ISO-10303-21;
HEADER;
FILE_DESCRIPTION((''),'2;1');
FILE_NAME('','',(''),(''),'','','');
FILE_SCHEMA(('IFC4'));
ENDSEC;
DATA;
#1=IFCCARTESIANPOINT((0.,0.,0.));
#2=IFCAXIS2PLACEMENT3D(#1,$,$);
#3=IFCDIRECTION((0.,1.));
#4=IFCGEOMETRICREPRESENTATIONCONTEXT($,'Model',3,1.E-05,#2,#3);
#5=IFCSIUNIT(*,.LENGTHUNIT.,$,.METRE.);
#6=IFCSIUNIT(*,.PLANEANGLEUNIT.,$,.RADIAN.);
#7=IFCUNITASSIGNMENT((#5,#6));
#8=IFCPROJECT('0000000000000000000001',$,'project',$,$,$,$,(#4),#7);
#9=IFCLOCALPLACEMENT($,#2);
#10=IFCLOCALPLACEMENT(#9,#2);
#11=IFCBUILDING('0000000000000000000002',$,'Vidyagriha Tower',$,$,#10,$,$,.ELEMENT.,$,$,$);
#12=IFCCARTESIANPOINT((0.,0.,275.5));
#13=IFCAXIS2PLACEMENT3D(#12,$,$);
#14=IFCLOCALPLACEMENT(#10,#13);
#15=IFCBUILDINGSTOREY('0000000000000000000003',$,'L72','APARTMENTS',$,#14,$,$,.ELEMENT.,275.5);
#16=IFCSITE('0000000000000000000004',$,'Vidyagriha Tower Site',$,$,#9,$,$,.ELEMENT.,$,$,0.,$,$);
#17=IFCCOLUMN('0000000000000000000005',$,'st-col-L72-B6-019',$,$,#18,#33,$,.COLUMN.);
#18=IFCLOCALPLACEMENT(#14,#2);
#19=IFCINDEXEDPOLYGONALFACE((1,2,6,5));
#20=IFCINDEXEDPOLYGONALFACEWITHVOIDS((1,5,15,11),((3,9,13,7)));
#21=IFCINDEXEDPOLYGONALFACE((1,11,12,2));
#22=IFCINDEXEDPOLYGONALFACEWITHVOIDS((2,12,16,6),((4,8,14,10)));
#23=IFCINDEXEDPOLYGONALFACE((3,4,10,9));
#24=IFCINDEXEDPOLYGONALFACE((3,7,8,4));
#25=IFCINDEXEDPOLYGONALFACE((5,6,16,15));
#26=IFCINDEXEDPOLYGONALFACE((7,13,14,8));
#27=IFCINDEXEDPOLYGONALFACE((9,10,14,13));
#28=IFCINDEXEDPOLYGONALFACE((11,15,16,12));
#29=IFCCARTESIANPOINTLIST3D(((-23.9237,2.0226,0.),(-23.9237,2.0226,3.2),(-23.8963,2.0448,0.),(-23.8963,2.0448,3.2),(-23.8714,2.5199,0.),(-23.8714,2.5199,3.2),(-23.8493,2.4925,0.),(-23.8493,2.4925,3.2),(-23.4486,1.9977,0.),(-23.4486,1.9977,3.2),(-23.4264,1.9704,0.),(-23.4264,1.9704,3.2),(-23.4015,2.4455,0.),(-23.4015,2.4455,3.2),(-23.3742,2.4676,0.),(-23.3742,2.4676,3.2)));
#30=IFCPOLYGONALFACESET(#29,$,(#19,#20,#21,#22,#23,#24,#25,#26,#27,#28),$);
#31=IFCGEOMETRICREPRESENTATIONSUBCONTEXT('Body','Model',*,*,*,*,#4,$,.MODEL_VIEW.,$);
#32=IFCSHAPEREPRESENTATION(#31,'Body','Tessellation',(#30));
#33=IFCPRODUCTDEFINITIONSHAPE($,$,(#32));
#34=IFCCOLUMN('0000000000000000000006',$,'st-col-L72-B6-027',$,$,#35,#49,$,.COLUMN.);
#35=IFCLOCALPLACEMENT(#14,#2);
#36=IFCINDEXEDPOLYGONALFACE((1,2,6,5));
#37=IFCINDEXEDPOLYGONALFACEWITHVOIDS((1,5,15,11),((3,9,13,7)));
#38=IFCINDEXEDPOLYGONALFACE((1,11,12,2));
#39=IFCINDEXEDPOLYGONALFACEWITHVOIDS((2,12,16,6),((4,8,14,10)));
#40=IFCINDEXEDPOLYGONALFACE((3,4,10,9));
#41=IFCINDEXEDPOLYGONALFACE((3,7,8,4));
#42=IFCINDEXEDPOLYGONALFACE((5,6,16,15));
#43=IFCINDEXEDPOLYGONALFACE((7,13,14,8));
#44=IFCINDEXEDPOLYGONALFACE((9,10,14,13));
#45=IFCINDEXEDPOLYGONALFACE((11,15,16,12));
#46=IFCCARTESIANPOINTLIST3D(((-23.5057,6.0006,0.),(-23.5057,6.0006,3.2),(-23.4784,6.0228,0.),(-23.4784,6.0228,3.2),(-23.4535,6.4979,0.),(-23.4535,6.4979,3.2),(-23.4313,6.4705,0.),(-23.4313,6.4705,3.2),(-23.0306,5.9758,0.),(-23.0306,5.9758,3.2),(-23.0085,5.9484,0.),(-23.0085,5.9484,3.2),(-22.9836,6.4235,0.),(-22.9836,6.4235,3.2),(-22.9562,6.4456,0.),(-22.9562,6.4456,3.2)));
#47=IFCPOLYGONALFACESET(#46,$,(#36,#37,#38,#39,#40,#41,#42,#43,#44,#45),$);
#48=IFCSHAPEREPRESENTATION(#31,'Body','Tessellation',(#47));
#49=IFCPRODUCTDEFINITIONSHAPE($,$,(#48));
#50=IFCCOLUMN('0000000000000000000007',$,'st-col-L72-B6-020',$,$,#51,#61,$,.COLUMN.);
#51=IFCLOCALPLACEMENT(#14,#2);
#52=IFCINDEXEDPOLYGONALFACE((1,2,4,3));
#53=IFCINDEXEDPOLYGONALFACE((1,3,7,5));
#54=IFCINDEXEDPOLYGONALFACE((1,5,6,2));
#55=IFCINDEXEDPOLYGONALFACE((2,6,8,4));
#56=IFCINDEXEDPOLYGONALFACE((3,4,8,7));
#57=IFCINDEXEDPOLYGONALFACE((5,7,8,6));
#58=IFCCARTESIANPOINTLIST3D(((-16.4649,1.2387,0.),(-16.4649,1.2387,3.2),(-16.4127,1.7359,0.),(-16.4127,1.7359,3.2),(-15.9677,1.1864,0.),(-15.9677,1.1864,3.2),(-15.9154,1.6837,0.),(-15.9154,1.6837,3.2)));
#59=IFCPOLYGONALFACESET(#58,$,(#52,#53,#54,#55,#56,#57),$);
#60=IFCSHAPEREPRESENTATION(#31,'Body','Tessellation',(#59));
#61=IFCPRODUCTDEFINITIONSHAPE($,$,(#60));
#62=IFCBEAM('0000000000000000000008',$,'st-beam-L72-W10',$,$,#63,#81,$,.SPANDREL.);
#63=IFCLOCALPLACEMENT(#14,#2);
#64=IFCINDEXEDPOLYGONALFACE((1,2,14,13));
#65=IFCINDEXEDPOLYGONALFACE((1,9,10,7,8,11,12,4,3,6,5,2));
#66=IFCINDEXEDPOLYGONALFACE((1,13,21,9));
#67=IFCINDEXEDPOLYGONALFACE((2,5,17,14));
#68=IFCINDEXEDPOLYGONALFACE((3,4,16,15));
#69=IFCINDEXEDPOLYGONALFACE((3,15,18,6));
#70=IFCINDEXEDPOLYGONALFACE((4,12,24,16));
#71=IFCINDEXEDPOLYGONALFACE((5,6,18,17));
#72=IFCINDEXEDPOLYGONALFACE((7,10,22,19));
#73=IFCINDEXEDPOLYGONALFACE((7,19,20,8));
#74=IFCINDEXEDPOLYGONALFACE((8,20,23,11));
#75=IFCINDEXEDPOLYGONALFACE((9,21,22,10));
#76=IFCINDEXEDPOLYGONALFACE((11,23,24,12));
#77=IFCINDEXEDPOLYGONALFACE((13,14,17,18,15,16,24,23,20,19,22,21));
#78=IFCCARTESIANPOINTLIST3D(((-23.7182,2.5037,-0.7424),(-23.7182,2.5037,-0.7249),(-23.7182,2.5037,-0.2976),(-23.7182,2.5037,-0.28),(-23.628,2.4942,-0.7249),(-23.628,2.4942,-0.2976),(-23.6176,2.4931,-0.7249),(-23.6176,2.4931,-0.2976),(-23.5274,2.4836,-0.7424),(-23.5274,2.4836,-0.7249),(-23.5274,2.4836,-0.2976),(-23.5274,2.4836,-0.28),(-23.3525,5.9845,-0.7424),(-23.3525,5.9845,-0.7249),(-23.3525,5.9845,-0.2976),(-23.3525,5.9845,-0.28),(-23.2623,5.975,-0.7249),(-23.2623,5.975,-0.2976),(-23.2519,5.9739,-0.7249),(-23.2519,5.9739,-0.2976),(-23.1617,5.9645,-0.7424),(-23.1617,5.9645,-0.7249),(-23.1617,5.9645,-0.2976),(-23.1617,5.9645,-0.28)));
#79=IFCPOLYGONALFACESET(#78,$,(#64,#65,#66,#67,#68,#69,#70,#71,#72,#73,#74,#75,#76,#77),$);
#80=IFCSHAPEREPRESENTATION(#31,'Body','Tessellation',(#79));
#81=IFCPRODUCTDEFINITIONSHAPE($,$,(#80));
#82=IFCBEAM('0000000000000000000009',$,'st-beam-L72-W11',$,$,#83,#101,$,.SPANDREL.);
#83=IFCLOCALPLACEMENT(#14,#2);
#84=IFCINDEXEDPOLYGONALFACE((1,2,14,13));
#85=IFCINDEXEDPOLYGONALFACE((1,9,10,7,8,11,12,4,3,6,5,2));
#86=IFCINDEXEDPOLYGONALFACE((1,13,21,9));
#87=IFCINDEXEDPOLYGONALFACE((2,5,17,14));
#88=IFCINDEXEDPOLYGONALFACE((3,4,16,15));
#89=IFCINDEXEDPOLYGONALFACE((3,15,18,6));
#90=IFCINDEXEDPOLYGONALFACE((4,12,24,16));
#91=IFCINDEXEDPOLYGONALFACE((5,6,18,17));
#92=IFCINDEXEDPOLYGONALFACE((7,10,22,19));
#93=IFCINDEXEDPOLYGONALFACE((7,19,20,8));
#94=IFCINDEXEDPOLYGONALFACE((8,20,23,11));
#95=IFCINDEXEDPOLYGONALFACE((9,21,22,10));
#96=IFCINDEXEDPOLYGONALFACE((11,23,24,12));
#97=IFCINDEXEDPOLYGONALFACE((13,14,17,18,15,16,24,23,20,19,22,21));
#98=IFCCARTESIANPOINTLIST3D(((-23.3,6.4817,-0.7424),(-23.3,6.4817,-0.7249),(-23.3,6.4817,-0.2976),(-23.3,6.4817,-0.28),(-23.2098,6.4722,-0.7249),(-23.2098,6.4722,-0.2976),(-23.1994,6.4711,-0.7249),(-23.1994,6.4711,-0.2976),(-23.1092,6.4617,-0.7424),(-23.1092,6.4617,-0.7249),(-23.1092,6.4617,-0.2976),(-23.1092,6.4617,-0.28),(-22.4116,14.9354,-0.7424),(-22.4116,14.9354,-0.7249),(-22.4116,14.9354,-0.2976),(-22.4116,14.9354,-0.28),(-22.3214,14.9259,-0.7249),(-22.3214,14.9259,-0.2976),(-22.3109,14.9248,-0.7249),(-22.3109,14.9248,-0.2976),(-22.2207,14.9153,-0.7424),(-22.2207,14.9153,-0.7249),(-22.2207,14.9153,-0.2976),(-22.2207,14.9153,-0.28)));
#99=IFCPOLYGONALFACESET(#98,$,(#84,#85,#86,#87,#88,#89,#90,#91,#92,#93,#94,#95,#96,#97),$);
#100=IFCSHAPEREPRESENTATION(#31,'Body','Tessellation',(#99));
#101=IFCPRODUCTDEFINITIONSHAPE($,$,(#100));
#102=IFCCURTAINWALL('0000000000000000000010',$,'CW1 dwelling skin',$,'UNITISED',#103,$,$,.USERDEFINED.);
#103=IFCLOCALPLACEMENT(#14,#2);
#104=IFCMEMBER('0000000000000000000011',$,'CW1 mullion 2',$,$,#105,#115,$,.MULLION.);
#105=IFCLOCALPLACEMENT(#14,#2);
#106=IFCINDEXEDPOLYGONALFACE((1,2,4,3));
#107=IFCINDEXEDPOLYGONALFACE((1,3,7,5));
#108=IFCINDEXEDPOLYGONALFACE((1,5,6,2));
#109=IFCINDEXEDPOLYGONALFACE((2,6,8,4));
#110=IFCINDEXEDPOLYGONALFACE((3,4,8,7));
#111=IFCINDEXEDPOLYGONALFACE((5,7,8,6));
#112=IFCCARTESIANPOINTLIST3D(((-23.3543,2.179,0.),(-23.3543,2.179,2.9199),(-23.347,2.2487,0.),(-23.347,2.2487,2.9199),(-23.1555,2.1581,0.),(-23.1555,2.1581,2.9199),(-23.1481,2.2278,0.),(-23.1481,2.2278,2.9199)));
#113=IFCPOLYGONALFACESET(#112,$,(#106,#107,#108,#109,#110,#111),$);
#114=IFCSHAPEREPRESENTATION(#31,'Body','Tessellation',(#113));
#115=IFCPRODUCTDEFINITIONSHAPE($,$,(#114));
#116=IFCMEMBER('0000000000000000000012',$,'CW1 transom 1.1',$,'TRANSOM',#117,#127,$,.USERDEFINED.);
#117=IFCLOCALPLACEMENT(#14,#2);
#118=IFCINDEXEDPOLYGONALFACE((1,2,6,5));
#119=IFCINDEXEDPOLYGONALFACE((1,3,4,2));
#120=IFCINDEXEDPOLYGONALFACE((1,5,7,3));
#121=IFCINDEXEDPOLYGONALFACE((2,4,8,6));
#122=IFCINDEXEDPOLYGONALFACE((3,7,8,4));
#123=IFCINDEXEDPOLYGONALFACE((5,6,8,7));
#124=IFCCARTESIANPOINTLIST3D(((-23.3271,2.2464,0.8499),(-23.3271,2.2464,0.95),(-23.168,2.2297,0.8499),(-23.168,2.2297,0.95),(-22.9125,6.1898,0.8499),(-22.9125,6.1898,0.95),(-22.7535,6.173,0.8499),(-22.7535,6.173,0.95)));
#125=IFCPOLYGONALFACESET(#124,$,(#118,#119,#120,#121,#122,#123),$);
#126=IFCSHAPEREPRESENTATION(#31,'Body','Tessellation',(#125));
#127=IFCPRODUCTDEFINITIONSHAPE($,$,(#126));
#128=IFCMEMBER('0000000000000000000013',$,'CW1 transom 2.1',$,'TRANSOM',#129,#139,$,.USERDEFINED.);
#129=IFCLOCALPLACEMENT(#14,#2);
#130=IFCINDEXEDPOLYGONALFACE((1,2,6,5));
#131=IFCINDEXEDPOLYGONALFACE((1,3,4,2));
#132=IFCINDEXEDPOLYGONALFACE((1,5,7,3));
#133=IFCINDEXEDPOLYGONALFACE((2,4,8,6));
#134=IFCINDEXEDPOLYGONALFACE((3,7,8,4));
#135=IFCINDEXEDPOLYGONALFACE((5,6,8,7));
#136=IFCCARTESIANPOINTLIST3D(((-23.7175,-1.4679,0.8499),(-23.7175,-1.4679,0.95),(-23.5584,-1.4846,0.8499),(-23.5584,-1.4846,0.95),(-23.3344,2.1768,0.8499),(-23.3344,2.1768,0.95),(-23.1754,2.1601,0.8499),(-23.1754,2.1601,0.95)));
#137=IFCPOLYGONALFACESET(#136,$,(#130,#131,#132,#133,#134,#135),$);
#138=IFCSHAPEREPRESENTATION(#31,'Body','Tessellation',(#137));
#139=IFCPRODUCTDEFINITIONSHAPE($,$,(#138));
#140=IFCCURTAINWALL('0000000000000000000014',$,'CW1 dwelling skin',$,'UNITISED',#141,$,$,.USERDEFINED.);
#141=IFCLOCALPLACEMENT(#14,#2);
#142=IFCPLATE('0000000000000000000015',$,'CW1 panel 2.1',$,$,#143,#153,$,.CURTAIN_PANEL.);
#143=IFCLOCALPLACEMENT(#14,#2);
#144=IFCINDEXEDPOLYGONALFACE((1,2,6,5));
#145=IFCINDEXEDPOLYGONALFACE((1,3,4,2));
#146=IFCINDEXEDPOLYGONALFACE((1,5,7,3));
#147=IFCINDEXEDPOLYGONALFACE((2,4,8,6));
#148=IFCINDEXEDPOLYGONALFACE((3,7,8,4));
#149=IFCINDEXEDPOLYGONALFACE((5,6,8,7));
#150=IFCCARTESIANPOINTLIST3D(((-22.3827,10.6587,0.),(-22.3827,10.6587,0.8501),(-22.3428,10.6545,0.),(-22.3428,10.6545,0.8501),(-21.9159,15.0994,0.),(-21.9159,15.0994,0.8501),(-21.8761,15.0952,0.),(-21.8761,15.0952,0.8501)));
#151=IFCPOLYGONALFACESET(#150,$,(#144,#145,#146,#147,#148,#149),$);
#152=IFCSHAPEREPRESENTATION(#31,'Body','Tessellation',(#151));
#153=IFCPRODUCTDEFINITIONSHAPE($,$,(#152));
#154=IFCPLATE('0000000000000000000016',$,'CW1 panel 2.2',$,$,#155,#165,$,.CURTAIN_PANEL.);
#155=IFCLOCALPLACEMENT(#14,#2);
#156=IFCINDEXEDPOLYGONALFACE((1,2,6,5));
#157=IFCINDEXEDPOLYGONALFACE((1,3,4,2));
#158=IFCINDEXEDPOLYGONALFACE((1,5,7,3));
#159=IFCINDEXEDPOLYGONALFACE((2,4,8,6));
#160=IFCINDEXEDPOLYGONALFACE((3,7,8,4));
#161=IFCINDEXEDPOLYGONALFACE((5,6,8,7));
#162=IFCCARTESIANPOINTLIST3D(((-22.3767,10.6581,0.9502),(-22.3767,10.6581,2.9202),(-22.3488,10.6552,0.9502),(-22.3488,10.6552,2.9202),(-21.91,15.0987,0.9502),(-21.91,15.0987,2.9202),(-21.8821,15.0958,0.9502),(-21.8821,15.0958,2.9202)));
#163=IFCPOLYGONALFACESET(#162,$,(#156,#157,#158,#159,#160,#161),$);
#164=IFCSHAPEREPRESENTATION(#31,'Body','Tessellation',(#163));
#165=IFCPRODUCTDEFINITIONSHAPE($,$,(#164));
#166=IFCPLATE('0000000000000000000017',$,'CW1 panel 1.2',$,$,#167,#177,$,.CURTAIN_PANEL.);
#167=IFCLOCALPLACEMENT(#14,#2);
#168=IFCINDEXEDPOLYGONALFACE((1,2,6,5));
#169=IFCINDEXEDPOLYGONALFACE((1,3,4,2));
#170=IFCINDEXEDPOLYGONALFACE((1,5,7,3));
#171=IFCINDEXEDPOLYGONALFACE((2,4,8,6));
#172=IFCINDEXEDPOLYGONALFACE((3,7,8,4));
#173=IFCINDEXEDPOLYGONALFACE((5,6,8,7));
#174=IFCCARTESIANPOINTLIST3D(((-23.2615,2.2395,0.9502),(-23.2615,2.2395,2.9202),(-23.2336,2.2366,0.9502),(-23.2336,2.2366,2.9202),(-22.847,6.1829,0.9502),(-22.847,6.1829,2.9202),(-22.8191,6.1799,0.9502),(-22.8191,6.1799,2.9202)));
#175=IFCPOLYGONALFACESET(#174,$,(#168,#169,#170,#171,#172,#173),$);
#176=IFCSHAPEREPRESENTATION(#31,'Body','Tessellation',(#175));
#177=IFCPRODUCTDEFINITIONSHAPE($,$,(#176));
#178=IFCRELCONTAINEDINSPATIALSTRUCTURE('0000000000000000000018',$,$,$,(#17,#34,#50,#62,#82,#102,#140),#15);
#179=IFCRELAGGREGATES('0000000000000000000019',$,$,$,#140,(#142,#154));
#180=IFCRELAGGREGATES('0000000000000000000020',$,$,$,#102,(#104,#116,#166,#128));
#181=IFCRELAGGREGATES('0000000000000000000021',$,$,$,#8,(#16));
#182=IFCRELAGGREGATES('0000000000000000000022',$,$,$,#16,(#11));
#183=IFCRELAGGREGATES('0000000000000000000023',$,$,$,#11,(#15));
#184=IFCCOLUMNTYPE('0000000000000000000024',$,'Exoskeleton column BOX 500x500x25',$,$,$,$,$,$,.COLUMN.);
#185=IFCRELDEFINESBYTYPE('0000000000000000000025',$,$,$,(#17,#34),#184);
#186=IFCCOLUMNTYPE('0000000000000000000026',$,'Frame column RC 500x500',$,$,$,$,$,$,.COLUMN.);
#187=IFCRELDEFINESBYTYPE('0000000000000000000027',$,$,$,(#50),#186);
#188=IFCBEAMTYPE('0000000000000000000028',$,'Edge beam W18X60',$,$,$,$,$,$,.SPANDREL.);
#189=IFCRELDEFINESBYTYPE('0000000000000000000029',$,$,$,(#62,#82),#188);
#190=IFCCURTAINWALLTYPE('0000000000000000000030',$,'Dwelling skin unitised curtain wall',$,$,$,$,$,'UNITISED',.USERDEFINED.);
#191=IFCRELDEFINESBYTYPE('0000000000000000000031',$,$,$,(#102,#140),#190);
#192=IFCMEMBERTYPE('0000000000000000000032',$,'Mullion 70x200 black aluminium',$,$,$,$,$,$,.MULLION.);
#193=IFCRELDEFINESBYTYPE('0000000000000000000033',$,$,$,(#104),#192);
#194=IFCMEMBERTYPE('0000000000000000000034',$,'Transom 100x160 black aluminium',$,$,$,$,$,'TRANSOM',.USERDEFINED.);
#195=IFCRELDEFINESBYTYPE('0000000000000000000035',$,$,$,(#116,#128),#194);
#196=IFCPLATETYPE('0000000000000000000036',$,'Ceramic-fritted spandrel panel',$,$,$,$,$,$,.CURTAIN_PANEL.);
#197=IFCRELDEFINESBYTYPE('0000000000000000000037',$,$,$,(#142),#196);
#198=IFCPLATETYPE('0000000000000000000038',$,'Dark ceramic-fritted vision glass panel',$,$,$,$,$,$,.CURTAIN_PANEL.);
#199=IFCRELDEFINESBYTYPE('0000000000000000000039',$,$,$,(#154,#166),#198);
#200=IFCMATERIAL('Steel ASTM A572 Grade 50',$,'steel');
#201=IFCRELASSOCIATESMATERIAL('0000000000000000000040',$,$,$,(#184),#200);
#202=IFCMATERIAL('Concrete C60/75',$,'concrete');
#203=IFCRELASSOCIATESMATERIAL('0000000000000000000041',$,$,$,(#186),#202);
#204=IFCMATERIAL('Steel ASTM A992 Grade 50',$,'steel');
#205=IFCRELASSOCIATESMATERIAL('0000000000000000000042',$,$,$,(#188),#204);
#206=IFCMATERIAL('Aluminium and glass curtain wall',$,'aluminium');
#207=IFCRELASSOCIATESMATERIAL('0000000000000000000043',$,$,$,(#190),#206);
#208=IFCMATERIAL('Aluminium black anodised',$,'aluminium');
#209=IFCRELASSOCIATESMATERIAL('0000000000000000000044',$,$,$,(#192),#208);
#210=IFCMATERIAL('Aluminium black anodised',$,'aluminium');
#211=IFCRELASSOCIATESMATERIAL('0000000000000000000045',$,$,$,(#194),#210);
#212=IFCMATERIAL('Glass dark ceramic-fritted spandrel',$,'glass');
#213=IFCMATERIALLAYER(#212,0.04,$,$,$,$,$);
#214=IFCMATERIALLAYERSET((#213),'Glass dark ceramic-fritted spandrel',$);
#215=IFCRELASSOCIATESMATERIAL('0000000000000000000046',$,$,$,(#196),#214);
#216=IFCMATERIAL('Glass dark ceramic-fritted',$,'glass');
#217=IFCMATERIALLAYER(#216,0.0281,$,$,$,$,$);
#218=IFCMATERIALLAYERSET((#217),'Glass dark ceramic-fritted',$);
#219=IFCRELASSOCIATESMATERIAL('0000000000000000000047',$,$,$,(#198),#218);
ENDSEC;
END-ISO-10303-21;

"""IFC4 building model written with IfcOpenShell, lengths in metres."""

from ifc_helpers import new_model, si_unit, direction, frame, origin, origin_2d, place, context, subcontext, project, spatial, rectangle, hollow_rectangle, i_section, extrude, material, layer, layer_set, material_profile, profile_set, type_object, element, aggregate, save


model = new_model("IFC4")

# Units and contexts
model_context = context("Model", 3, precision=1e-05, world=origin(), true_north=direction((0.0, 1.0)))
body_context = subcontext(model_context, "Body", "Model", "MODEL_VIEW")
ifc_project = project(units=[si_unit("LENGTHUNIT", "METRE"), si_unit("PLANEANGLEUNIT", "RADIAN")], contexts=[model_context])

# Site, building, storey
site_placement = place(None, origin())
site = spatial("IfcSite", under=ifc_project, at=site_placement, Name="Vidyagriha Tower Site", CompositionType="ELEMENT", RefElevation=0.0)
building_placement = place(site_placement, origin())
building = spatial("IfcBuilding", under=site, at=building_placement, Name="Vidyagriha Tower", CompositionType="ELEMENT")
storey_placement = place(building_placement, frame((0.0, 0.0, 275.5)))
storey = spatial("IfcBuildingStorey", under=building, at=storey_placement, Name="L72", Description="APARTMENTS", CompositionType="ELEMENT", Elevation=275.5)

# Columns
ifc_material_1 = material(Name="Steel ASTM A572 Grade 50", Category="steel")
ifc_material_profile_1 = material_profile(ifc_material_1, hollow_rectangle(XDim=0.5, YDim=0.5, WallThickness=0.0249, at=origin_2d()), Name="BOX 500x500x25")
ifc_profile_set_1 = profile_set([ifc_material_profile_1], Name="Steel ASTM A572 Grade 50")
column_type_1 = type_object("IfcColumnType", Name="Exoskeleton column BOX 500x500x25", PredefinedType="COLUMN", material=ifc_profile_set_1)
for number, where, z_axis, x_axis, name in (
    (1, (-23.6489, 2.2451, 0.0), (0.0, 0.0, 1.0), (0.994522, -0.104528, 0.0), "st-col-L72-B6-019"),
    (2, (-23.231, 6.2231, 0.0), (0.0, 0.0, 1.0), (0.994522, -0.104528, 0.0), "st-col-L72-B6-027"),
):
    element("IfcColumn", number, at=place(storey_placement, frame(where, z_axis=z_axis, x_axis=x_axis)), inside=storey, type_object=column_type_1, Name=name, PredefinedType="COLUMN", context=body_context, shape_type="SweptSolid", body=[
        extrude(hollow_rectangle(XDim=0.5, YDim=0.5, WallThickness=0.0249, at=origin_2d()), origin(), (0.0, 0.0, 1.0), 3.2),
    ])
ifc_material_2 = material(Name="Concrete C60/75", Category="concrete")
ifc_material_profile_2 = material_profile(ifc_material_2, rectangle(XDim=0.5, YDim=0.5, at=origin_2d()), Name="RC 500x500")
ifc_profile_set_2 = profile_set([ifc_material_profile_2], Name="Concrete C60/75")
column_type_2 = type_object("IfcColumnType", Name="Frame column RC 500x500", PredefinedType="COLUMN", material=ifc_profile_set_2)
column_placement = place(storey_placement, frame((-16.1902, 1.4612, 0.0), z_axis=(0.0, 0.0, 1.0), x_axis=(0.994522, -0.104528, 0.0)))
element("IfcColumn", 3, at=column_placement, inside=storey, type_object=column_type_2, Name="st-col-L72-B6-020", PredefinedType="COLUMN", context=body_context, shape_type="SweptSolid", body=[
    extrude(rectangle(XDim=0.5, YDim=0.5, at=origin_2d()), origin(), (0.0, 0.0, 1.0), 3.2),
])

# Beams
ifc_material_3 = material(Name="Steel ASTM A992 Grade 50", Category="steel")
ifc_material_profile_3 = material_profile(ifc_material_3, i_section(OverallWidth=0.1919, OverallDepth=0.4624, WebThickness=0.0105, FlangeThickness=0.0176, at=origin_2d()), Name="W18X60")
ifc_profile_set_3 = profile_set([ifc_material_profile_3], Name="Steel ASTM A992 Grade 50")
beam_type = type_object("IfcBeamType", Name="Edge beam W18X60", PredefinedType="SPANDREL", material=ifc_profile_set_3)
beam_1_placement = place(storey_placement, frame((-23.6228, 2.4937, -0.5112), z_axis=(0.104489, 0.994526, 0.0), x_axis=(-0.994526, 0.104489, 0.0)))
element("IfcBeam", 4, at=beam_1_placement, inside=storey, type_object=beam_type, Name="st-beam-L72-W10", PredefinedType="SPANDREL", context=body_context, shape_type="SweptSolid", body=[
    extrude(i_section(OverallWidth=0.1919, OverallDepth=0.4624, WebThickness=0.0105, FlangeThickness=0.0176, at=origin_2d()), origin(), (0.0, 0.0, 1.0), 3.5),
])
beam_2_placement = place(storey_placement, frame((-23.2046, 6.4717, -0.5112), z_axis=(0.104519, 0.994523, 0.0), x_axis=(-0.994523, 0.104519, 0.0)))
element("IfcBeam", 5, at=beam_2_placement, inside=storey, type_object=beam_type, Name="st-beam-L72-W11", PredefinedType="SPANDREL", context=body_context, shape_type="SweptSolid", body=[
    extrude(i_section(OverallWidth=0.1919, OverallDepth=0.4624, WebThickness=0.0105, FlangeThickness=0.0176, at=origin_2d()), origin(), (0.0, 0.0, 1.0), 8.5002),
])

# Curtain wall, members
ifc_material_4 = material(Name="Aluminium and glass curtain wall", Category="aluminium")
curtain_wall_type = type_object("IfcCurtainWallType", Name="Dwelling skin unitised curtain wall", ElementType="UNITISED", PredefinedType="USERDEFINED", material=ifc_material_4)
curtain_wall_1_placement = place(storey_placement, origin())
curtain_wall_1 = element("IfcCurtainWall", 6, at=curtain_wall_1_placement, inside=storey, type_object=curtain_wall_type, Name="CW1 dwelling skin", ObjectType="UNITISED", PredefinedType="USERDEFINED")
ifc_material_5 = material(Name="Aluminium black anodised", Category="aluminium")
ifc_material_profile_4 = material_profile(ifc_material_5, rectangle(XDim=0.2, YDim=0.0701, at=origin_2d()), Name="Mullion 70x200 black aluminium")
ifc_profile_set_4 = profile_set([ifc_material_profile_4], Name="Aluminium black anodised")
member_type_1 = type_object("IfcMemberType", Name="Mullion 70x200 black aluminium", PredefinedType="MULLION", material=ifc_profile_set_4)
member_1_placement = place(storey_placement, frame((-23.2512, 2.2034, 0.0), z_axis=(0.0, 0.0, 1.0), x_axis=(0.994521, -0.104533, 0.0)))
member_1 = element("IfcMember", 7, at=member_1_placement, type_object=member_type_1, Name="CW1 mullion 2", PredefinedType="MULLION", context=body_context, shape_type="SweptSolid", body=[
    extrude(rectangle(XDim=0.2, YDim=0.0701, at=origin_2d()), origin(), (0.0, 0.0, 1.0), 2.9199),
])
ifc_material_6 = material(Name="Aluminium black anodised", Category="aluminium")
ifc_material_profile_5 = material_profile(ifc_material_6, rectangle(XDim=0.1599, YDim=0.1001, at=origin_2d()), Name="Transom 100x160 black aluminium")
ifc_profile_set_5 = profile_set([ifc_material_profile_5], Name="Aluminium black anodised")
member_type_2 = type_object("IfcMemberType", Name="Transom 100x160 black aluminium", ElementType="TRANSOM", PredefinedType="USERDEFINED", material=ifc_profile_set_5)
member_2_placement = place(storey_placement, frame((-22.833, 6.1814, 0.8999), z_axis=(-0.10455, -0.99452, 0.0), x_axis=(0.99452, -0.10455, 0.0)))
member_2 = element("IfcMember", 8, at=member_2_placement, type_object=member_type_2, Name="CW1 transom 1.1", ObjectType="TRANSOM", PredefinedType="USERDEFINED", context=body_context, shape_type="SweptSolid", body=[
    extrude(rectangle(XDim=0.1599, YDim=0.1001, at=origin_2d()), origin(), (0.0, 0.0, 1.0), 3.9651),
])
member_3_placement = place(storey_placement, frame((-23.2549, 2.1685, 0.8999), z_axis=(-0.104522, -0.994523, 0.0), x_axis=(0.994523, -0.104522, 0.0)))
member_3 = element("IfcMember", 9, at=member_3_placement, type_object=member_type_2, Name="CW1 transom 2.1", ObjectType="TRANSOM", PredefinedType="USERDEFINED", context=body_context, shape_type="SweptSolid", body=[
    extrude(rectangle(XDim=0.1599, YDim=0.1001, at=origin_2d()), origin(), (0.0, 0.0, 1.0), 3.6648),
])

# Curtain wall, plates
curtain_wall_2_placement = place(storey_placement, origin())
curtain_wall_2 = element("IfcCurtainWall", 10, at=curtain_wall_2_placement, inside=storey, type_object=curtain_wall_type, Name="CW1 dwelling skin", ObjectType="UNITISED", PredefinedType="USERDEFINED")
ifc_material_7 = material(Name="Glass dark ceramic-fritted spandrel", Category="glass")
ifc_layer_1 = layer(ifc_material_7, 0.04)
ifc_layer_set_1 = layer_set([ifc_layer_1], Name="Glass dark ceramic-fritted spandrel")
plate_type_1 = type_object("IfcPlateType", Name="Ceramic-fritted spandrel panel", PredefinedType="CURTAIN_PANEL", material=ifc_layer_set_1)
plate_1_placement = place(storey_placement, frame((-22.1294, 12.877, 0.0), z_axis=(0.0, 0.0, 1.0), x_axis=(-0.104525, -0.994522, 0.0)))
plate_1 = element("IfcPlate", 11, at=plate_1_placement, type_object=plate_type_1, Name="CW1 panel 2.1", PredefinedType="CURTAIN_PANEL", context=body_context, shape_type="SweptSolid", body=[
    extrude(rectangle(XDim=4.4651, YDim=0.04, at=origin_2d()), origin(), (0.0, 0.0, 1.0), 0.8501),
])
ifc_material_8 = material(Name="Glass dark ceramic-fritted", Category="glass")
ifc_layer_2 = layer(ifc_material_8, 0.0281)
ifc_layer_set_2 = layer_set([ifc_layer_2], Name="Glass dark ceramic-fritted")
plate_type_2 = type_object("IfcPlateType", Name="Dark ceramic-fritted vision glass panel", PredefinedType="CURTAIN_PANEL", material=ifc_layer_set_2)
plate_2_placement = place(storey_placement, frame((-22.1294, 12.877, 0.9502), z_axis=(0.0, 0.0, 1.0), x_axis=(-0.104525, -0.994522, 0.0)))
plate_2 = element("IfcPlate", 12, at=plate_2_placement, type_object=plate_type_2, Name="CW1 panel 2.2", PredefinedType="CURTAIN_PANEL", context=body_context, shape_type="SweptSolid", body=[
    extrude(rectangle(XDim=4.4651, YDim=0.0281, at=origin_2d()), origin(), (0.0, 0.0, 1.0), 1.97),
])
aggregate(curtain_wall_2, [plate_1, plate_2])

# Plate
plate_3_placement = place(storey_placement, frame((-23.0403, 4.2097, 0.9502), z_axis=(0.0, 0.0, 1.0), x_axis=(-0.104533, -0.994521, 0.0)))
plate_3 = element("IfcPlate", 13, at=plate_3_placement, type_object=plate_type_2, Name="CW1 panel 1.2", PredefinedType="CURTAIN_PANEL", context=body_context, shape_type="SweptSolid", body=[
    extrude(rectangle(XDim=3.9651, YDim=0.0281, at=origin_2d()), origin(), (0.0, 0.0, 1.0), 1.97),
])
aggregate(curtain_wall_1, [member_1, member_2, plate_3, member_3])

save(model, "model.ifc")
